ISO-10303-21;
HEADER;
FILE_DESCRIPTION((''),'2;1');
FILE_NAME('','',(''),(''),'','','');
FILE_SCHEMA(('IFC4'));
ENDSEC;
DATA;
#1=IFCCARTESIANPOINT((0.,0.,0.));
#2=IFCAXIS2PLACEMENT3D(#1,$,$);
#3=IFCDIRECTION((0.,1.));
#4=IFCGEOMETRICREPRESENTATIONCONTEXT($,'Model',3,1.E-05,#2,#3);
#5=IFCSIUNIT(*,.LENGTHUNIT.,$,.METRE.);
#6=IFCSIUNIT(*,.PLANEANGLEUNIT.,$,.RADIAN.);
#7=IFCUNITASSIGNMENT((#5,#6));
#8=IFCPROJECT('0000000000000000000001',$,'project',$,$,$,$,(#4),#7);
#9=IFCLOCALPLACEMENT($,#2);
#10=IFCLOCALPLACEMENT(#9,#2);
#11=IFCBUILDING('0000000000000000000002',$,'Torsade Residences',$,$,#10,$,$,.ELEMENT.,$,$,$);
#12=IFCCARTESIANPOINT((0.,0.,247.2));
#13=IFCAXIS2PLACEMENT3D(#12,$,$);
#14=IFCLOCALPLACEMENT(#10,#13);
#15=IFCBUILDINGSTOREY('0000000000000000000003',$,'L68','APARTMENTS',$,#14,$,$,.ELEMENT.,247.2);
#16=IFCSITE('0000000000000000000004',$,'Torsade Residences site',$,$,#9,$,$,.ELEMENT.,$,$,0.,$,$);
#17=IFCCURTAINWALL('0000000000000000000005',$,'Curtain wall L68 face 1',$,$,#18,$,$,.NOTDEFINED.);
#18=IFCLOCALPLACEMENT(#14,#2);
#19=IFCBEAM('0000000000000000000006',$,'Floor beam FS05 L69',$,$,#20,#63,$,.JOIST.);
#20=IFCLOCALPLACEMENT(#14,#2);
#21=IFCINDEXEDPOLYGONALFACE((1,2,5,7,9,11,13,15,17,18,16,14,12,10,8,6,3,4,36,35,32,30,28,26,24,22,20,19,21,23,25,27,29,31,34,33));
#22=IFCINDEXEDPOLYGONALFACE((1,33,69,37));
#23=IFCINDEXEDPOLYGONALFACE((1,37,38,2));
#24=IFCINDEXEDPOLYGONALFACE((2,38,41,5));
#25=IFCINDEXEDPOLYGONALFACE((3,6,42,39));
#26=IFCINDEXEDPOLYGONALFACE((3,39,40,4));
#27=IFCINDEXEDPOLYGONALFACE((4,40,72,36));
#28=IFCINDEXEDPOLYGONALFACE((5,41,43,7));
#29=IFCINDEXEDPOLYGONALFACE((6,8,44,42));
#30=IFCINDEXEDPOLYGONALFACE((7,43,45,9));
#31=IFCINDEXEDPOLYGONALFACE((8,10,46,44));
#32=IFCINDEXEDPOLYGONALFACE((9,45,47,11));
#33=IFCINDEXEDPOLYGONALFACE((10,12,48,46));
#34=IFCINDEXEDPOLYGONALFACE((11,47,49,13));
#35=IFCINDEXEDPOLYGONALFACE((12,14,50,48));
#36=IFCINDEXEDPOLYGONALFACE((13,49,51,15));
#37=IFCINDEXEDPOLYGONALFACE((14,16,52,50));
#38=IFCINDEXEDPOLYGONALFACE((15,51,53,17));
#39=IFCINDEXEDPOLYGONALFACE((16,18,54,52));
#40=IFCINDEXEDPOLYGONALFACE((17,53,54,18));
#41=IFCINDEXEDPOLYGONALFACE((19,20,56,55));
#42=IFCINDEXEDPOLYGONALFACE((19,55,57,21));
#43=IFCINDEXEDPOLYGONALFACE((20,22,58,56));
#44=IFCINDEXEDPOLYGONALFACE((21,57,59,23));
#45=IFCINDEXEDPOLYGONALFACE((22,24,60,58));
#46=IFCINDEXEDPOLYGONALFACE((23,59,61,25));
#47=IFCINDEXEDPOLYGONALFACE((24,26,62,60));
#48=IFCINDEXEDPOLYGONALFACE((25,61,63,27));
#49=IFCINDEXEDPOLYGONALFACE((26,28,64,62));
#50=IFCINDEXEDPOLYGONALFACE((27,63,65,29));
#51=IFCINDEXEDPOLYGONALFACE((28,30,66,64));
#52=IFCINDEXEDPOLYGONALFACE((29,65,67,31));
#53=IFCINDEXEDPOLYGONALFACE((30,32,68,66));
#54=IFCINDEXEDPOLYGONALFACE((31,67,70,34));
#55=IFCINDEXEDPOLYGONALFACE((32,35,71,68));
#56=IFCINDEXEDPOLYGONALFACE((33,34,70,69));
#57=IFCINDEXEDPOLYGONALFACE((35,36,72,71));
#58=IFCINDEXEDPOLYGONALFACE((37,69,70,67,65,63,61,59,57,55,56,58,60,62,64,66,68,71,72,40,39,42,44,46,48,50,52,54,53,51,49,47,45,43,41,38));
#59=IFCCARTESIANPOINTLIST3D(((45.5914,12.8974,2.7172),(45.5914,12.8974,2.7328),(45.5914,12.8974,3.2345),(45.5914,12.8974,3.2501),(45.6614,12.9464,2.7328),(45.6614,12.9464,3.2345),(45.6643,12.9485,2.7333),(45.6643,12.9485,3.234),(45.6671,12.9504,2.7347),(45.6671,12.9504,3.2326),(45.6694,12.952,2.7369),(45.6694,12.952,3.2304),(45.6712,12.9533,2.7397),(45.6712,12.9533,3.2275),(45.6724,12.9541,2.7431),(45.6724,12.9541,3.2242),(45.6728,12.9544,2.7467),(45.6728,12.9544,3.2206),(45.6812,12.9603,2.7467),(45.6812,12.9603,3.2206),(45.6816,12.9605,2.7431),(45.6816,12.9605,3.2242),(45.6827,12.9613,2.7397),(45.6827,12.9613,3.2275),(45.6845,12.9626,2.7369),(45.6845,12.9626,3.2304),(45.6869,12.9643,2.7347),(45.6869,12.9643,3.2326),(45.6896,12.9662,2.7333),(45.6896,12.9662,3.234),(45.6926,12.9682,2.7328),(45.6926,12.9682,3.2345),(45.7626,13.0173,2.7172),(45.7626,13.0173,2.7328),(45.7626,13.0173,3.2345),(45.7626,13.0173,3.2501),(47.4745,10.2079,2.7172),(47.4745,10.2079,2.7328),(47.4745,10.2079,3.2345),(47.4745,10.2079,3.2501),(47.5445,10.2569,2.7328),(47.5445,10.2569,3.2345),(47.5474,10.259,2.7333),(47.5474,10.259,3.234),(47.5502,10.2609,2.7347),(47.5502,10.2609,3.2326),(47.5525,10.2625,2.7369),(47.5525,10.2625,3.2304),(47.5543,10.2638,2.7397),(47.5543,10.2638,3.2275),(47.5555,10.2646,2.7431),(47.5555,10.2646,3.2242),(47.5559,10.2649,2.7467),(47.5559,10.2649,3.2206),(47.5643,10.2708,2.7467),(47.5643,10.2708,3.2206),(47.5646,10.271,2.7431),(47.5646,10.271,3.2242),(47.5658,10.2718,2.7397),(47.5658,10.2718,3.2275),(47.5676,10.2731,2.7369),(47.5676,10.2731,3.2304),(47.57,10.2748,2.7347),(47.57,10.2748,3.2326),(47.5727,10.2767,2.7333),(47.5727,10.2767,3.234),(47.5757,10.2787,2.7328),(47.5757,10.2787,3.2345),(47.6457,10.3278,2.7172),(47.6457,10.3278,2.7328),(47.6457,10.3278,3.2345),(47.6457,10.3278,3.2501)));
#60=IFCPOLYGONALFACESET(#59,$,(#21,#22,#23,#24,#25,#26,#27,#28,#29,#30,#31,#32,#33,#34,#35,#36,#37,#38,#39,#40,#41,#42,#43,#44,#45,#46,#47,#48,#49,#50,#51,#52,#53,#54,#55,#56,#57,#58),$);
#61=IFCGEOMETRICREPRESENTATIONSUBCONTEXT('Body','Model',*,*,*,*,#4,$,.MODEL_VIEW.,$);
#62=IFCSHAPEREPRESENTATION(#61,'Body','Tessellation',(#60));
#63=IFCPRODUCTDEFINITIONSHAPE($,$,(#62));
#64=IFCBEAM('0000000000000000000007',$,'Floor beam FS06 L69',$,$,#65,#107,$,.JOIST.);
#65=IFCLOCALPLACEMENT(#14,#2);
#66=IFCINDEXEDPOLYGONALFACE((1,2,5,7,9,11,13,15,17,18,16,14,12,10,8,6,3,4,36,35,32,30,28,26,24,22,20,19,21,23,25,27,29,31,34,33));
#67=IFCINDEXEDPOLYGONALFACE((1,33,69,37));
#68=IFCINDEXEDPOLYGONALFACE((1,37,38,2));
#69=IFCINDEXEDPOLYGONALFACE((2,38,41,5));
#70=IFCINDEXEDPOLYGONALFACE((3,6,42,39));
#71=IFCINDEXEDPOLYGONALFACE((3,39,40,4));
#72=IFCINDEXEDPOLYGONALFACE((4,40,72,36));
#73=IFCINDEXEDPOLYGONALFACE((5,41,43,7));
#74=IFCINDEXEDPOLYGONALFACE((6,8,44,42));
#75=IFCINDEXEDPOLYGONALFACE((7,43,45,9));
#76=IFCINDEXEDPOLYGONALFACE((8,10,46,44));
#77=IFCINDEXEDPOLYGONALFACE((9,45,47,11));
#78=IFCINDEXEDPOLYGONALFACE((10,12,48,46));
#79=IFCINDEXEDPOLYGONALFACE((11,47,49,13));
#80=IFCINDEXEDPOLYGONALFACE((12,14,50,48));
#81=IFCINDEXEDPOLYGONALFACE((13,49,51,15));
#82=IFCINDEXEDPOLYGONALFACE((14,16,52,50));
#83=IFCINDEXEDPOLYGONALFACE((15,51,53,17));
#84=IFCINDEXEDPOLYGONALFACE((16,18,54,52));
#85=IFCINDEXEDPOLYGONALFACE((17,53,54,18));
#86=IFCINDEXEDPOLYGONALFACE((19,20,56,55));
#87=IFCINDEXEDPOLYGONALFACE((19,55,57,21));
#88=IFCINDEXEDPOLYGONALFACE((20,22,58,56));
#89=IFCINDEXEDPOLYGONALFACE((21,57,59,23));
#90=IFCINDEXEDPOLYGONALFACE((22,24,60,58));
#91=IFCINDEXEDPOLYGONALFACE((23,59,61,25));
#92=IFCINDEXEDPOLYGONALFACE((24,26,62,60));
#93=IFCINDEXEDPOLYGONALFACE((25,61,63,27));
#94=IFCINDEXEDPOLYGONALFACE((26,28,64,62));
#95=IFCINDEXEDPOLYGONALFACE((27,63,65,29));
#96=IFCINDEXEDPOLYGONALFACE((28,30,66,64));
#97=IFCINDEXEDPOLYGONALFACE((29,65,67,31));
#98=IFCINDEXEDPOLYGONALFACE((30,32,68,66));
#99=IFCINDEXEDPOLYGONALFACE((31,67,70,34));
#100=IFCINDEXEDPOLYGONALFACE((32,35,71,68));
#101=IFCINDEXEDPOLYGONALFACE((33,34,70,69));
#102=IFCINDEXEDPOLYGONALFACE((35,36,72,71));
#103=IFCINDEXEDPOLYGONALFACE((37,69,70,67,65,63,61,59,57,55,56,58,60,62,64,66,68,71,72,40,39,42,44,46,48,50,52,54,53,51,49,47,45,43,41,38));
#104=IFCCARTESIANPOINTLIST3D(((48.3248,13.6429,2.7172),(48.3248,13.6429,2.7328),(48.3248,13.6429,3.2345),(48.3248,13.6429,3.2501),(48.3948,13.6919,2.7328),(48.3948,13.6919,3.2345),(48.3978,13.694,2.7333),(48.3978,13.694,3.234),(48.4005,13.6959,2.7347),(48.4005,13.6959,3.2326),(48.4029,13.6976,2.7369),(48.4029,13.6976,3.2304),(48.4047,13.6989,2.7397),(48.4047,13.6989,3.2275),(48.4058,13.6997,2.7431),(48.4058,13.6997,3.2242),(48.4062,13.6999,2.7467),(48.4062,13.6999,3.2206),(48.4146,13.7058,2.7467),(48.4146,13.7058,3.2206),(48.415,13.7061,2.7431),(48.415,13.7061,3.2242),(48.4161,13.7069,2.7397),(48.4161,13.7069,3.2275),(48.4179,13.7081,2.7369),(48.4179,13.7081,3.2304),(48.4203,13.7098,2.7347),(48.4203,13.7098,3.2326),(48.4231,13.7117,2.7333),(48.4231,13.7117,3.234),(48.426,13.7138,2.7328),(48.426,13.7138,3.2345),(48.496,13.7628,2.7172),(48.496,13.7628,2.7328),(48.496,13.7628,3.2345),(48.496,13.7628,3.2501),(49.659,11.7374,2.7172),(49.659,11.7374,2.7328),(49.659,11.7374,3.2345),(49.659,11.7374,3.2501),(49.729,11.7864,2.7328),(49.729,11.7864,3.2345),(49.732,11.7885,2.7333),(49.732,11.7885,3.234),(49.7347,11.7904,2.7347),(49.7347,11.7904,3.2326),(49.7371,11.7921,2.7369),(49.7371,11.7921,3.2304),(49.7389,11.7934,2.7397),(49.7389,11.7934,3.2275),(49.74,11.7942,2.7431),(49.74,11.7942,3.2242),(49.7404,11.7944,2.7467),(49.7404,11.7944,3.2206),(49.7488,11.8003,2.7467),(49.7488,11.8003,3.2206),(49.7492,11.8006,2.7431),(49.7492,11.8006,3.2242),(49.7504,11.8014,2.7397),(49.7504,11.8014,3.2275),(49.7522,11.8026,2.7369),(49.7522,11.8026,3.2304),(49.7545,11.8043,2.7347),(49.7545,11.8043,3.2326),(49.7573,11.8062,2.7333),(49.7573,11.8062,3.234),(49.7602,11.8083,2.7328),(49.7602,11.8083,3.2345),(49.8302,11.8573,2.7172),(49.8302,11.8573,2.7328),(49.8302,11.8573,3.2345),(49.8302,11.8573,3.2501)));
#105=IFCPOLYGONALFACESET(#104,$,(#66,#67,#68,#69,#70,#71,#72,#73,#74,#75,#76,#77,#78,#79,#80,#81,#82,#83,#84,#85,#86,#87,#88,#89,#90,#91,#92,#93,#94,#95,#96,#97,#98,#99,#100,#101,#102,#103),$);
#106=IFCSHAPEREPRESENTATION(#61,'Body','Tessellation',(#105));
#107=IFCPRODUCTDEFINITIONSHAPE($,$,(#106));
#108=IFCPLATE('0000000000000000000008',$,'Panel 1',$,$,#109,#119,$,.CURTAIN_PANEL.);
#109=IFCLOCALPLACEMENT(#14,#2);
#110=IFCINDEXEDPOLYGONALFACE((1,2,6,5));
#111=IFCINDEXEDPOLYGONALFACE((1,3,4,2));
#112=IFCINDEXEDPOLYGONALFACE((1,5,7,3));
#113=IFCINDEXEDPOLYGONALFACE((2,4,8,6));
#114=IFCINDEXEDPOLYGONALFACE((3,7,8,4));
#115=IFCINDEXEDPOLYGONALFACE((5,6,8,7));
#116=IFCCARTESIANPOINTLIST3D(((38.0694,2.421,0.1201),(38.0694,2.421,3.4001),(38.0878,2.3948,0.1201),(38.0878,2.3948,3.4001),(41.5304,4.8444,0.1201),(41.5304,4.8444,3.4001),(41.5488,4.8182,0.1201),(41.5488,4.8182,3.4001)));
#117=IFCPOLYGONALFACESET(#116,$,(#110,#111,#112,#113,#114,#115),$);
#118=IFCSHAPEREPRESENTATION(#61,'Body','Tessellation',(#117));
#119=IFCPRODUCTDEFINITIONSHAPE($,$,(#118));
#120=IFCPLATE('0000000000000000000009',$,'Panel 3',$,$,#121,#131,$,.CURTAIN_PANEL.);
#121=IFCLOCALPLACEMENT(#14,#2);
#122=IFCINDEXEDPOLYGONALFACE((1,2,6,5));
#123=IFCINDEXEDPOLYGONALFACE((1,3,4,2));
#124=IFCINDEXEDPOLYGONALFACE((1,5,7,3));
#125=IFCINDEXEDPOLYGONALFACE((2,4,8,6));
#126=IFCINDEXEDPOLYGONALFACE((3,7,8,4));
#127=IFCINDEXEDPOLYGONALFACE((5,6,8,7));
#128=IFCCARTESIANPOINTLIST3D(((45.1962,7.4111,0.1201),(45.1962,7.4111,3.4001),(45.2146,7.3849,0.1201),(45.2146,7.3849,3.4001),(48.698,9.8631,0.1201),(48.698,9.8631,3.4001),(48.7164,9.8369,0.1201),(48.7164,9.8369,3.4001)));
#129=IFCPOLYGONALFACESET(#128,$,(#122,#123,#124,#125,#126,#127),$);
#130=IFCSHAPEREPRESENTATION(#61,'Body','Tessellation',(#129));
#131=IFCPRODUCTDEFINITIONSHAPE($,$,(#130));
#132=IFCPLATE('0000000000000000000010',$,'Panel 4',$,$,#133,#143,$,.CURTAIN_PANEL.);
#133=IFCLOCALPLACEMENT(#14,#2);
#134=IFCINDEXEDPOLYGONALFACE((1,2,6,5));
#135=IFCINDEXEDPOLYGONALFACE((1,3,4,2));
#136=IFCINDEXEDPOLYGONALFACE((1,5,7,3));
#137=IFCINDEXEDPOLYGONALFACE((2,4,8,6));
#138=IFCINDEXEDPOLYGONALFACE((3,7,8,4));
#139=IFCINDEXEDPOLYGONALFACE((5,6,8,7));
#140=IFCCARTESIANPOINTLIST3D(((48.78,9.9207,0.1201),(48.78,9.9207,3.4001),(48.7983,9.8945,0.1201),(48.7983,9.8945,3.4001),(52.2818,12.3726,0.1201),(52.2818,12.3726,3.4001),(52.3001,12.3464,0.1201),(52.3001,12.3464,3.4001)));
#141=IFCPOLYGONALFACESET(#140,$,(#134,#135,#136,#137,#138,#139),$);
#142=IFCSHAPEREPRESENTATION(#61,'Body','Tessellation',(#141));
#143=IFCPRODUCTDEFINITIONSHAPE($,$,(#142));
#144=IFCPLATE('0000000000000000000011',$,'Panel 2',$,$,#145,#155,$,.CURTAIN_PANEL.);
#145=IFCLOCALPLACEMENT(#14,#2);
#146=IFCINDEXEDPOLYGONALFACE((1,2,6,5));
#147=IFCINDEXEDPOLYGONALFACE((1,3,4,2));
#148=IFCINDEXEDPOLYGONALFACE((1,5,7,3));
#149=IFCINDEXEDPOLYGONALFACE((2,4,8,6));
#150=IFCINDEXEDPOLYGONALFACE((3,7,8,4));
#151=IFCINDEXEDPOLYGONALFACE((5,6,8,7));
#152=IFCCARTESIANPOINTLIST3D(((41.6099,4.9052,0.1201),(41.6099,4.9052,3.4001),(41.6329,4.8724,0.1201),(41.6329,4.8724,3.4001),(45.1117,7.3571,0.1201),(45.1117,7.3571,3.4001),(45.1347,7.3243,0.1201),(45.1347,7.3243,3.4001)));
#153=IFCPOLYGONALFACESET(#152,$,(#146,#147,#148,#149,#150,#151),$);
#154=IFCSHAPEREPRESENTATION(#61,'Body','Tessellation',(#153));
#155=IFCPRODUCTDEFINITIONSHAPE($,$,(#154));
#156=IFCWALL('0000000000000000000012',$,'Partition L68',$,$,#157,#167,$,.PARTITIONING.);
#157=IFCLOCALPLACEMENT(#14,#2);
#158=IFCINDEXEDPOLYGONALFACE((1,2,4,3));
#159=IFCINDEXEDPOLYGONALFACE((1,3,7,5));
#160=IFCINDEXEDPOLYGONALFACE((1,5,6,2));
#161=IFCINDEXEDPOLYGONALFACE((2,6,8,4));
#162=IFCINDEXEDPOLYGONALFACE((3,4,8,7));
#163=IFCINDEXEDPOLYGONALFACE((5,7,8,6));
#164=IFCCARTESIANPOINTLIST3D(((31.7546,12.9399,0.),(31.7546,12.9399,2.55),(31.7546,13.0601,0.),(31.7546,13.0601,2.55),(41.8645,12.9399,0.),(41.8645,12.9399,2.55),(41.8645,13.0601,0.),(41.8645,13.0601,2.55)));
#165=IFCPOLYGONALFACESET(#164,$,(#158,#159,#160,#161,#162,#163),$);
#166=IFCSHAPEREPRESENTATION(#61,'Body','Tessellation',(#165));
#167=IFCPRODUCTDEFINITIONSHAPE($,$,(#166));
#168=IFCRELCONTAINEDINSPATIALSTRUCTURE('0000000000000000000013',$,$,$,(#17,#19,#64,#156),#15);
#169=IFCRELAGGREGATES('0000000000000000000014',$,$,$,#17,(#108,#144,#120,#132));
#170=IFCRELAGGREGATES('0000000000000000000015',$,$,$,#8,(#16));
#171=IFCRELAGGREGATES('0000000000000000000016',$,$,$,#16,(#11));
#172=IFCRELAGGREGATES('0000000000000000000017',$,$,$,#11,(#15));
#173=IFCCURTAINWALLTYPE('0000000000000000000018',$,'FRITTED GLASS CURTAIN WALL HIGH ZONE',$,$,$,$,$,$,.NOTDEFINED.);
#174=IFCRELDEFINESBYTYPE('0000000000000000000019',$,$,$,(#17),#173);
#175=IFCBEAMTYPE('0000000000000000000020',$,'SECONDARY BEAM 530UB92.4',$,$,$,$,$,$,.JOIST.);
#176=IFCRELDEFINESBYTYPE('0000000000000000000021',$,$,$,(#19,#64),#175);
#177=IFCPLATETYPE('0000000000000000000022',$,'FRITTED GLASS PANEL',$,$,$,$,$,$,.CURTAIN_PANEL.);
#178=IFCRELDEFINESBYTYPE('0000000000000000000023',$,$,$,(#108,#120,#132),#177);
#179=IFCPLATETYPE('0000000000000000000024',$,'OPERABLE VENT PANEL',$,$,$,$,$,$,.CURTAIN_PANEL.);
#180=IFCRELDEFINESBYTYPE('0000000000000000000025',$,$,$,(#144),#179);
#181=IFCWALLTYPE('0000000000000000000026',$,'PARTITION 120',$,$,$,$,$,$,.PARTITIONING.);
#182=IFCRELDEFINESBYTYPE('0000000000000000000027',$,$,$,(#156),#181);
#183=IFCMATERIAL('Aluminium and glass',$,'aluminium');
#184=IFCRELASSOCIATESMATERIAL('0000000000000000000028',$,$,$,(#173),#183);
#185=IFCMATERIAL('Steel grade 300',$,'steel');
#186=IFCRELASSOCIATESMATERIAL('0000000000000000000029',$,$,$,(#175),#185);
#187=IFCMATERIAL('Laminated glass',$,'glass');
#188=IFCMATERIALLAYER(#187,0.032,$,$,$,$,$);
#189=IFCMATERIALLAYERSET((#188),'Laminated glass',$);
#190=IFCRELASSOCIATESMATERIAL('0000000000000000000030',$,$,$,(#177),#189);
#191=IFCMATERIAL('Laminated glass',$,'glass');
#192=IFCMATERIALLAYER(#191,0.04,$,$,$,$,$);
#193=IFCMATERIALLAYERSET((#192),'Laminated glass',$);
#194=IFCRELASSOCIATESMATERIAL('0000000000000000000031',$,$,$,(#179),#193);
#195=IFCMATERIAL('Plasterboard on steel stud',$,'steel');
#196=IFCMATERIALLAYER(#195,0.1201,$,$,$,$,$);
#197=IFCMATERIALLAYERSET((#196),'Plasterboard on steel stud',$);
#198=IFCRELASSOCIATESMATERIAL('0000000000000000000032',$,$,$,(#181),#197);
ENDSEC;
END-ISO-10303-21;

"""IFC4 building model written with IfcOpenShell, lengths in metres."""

from ifc_helpers import new_model, si_unit, direction, frame, frame_2d, origin, origin_2d, place, context, subcontext, project, spatial, rectangle, i_section, extrude, material, layer, layer_set, material_profile, profile_set, type_object, element, aggregate, save


model = new_model("IFC4")

# Units and contexts
model_context = context("Model", 3, precision=1e-05, world=origin(), true_north=direction((0.0, 1.0)))
body_context = subcontext(model_context, "Body", "Model", "MODEL_VIEW")
ifc_project = project(units=[si_unit("LENGTHUNIT", "METRE"), si_unit("PLANEANGLEUNIT", "RADIAN")], contexts=[model_context])

# Site, building, storey
site_placement = place(None, origin())
site = spatial("IfcSite", under=ifc_project, at=site_placement, Name="Torsade Residences site", CompositionType="ELEMENT", RefElevation=0.0)
building_placement = place(site_placement, origin())
building = spatial("IfcBuilding", under=site, at=building_placement, Name="Torsade Residences", CompositionType="ELEMENT")
storey_placement = place(building_placement, frame((0.0, 0.0, 247.2)))
storey = spatial("IfcBuildingStorey", under=building, at=storey_placement, Name="L68", Description="APARTMENTS", CompositionType="ELEMENT", Elevation=247.2)

# Curtain wall
ifc_material_1 = material(Name="Aluminium and glass", Category="aluminium")
curtain_wall_type = type_object("IfcCurtainWallType", Name="FRITTED GLASS CURTAIN WALL HIGH ZONE", PredefinedType="NOTDEFINED", material=ifc_material_1)
curtain_wall_placement = place(storey_placement, origin())
curtain_wall = element("IfcCurtainWall", 1, at=curtain_wall_placement, inside=storey, type_object=curtain_wall_type, Name="Curtain wall L68 face 1", PredefinedType="NOTDEFINED")

# Beams
ifc_material_2 = material(Name="Steel grade 300", Category="steel")
ifc_material_profile_1 = material_profile(ifc_material_2, i_section(OverallWidth=0.209, OverallDepth=0.533, WebThickness=0.0103, FlangeThickness=0.0156, FilletRadius=0.0139, at=origin_2d()), Name="530UB92.4")
ifc_profile_set_1 = profile_set([ifc_material_profile_1], Name="Steel grade 300")
beam_type_1 = type_object("IfcBeamType", Name="SECONDARY BEAM 530UB92.4", PredefinedType="JOIST", material=ifc_profile_set_1)
beam_1_placement = place(storey_placement, frame((47.5601, 10.2678, 2.9836), z_axis=(-0.573552, 0.819169, 0.0), x_axis=(-0.819169, -0.573552, 0.0)))
element("IfcBeam", 2, at=beam_1_placement, inside=storey, type_object=beam_type_1, Name="Floor beam FS05 L69", PredefinedType="JOIST", context=body_context, shape_type="SweptSolid", body=[
    extrude(i_section(OverallWidth=0.209, OverallDepth=0.533, WebThickness=0.0103, FlangeThickness=0.0156, FilletRadius=0.0139, at=origin_2d()), origin(), (0.0, 0.0, 1.0), 3.2832),
])
beam_2_placement = place(storey_placement, frame((49.7446, 11.7974, 2.9836), z_axis=(-0.573568, 0.819158, 0.0), x_axis=(-0.819158, -0.573568, 0.0)))
element("IfcBeam", 3, at=beam_2_placement, inside=storey, type_object=beam_type_1, Name="Floor beam FS06 L69", PredefinedType="JOIST", context=body_context, shape_type="SweptSolid", body=[
    extrude(i_section(OverallWidth=0.209, OverallDepth=0.533, WebThickness=0.0103, FlangeThickness=0.0156, FilletRadius=0.0139, at=origin_2d()), origin(), (0.0, 0.0, 1.0), 2.3262),
])

# Plates
ifc_material_3 = material(Name="Laminated glass", Category="glass")
ifc_layer_1 = layer(ifc_material_3, 0.032)
ifc_layer_set_1 = layer_set([ifc_layer_1], Name="Laminated glass")
plate_type_1 = type_object("IfcPlateType", Name="FRITTED GLASS PANEL", PredefinedType="CURTAIN_PANEL", material=ifc_layer_set_1)
plate_1_placement = place(storey_placement, frame((39.8091, 3.6196, 0.1201), z_axis=(0.0, 0.0, 1.0), x_axis=(0.819152, 0.573576, 0.0)))
plate_1 = element("IfcPlate", 4, at=plate_1_placement, type_object=plate_type_1, Name="Panel 1", PredefinedType="CURTAIN_PANEL", context=body_context, shape_type="SweptSolid", body=[
    extrude(rectangle(XDim=4.2251, YDim=0.032, at=origin_2d()), origin(), (0.0, 0.0, 1.0), 3.28),
])
plate_2_placement = place(storey_placement, frame((46.9563, 8.624, 0.1201), z_axis=(0.0, 0.0, 1.0), x_axis=(0.819152, 0.573576, 0.0)))
plate_2 = element("IfcPlate", 5, at=plate_2_placement, type_object=plate_type_1, Name="Panel 3", PredefinedType="CURTAIN_PANEL", context=body_context, shape_type="SweptSolid", body=[
    extrude(rectangle(XDim=4.2749, YDim=0.032, at=origin_2d()), origin(), (0.0, 0.0, 1.0), 3.28),
])
plate_3_placement = place(storey_placement, frame((50.54, 11.1335, 0.1201), z_axis=(0.0, 0.0, 1.0), x_axis=(0.819152, 0.573576, 0.0)))
plate_3 = element("IfcPlate", 6, at=plate_3_placement, type_object=plate_type_1, Name="Panel 4", PredefinedType="CURTAIN_PANEL", context=body_context, shape_type="SweptSolid", body=[
    extrude(rectangle(XDim=4.2749, YDim=0.032, at=origin_2d()), origin(), (0.0, 0.0, 1.0), 3.28),
])
ifc_material_4 = material(Name="Laminated glass", Category="glass")
ifc_layer_2 = layer(ifc_material_4, 0.04)
ifc_layer_set_2 = layer_set([ifc_layer_2], Name="Laminated glass")
plate_type_2 = type_object("IfcPlateType", Name="OPERABLE VENT PANEL", PredefinedType="CURTAIN_PANEL", material=ifc_layer_set_2)
plate_4_placement = place(storey_placement, frame((43.3723, 6.1147, 0.1201), z_axis=(0.0, 0.0, 1.0), x_axis=(0.819152, 0.573576, 0.0)))
plate_4 = element("IfcPlate", 7, at=plate_4_placement, type_object=plate_type_2, Name="Panel 2", PredefinedType="CURTAIN_PANEL", context=body_context, shape_type="SweptSolid", body=[
    extrude(rectangle(XDim=4.2749, YDim=0.04, at=origin_2d()), origin(), (0.0, 0.0, 1.0), 3.28),
])
aggregate(curtain_wall, [plate_1, plate_4, plate_2, plate_3])

# Wall
ifc_material_5 = material(Name="Plasterboard on steel stud", Category="steel")
ifc_layer_3 = layer(ifc_material_5, 0.1201)
ifc_layer_set_3 = layer_set([ifc_layer_3], Name="Plasterboard on steel stud")
wall_type_1 = type_object("IfcWallType", Name="PARTITION 120", PredefinedType="PARTITIONING", material=ifc_layer_set_3)
wall_1_placement = place(storey_placement, frame((41.8645, 13.0, 0.0), z_axis=(0.0, 0.0, 1.0), x_axis=(-1.0, 0.0, 0.0)))
element("IfcWall", 8, at=wall_1_placement, inside=storey, type_object=wall_type_1, Name="Partition L68", PredefinedType="PARTITIONING", context=body_context, shape_type="SweptSolid", body=[
    extrude(rectangle(XDim=10.1099, YDim=0.1201, at=frame_2d((5.0549, 0.0))), origin(), (0.0, 0.0, 1.0), 2.55),
])

save(model, "model.ifc")
